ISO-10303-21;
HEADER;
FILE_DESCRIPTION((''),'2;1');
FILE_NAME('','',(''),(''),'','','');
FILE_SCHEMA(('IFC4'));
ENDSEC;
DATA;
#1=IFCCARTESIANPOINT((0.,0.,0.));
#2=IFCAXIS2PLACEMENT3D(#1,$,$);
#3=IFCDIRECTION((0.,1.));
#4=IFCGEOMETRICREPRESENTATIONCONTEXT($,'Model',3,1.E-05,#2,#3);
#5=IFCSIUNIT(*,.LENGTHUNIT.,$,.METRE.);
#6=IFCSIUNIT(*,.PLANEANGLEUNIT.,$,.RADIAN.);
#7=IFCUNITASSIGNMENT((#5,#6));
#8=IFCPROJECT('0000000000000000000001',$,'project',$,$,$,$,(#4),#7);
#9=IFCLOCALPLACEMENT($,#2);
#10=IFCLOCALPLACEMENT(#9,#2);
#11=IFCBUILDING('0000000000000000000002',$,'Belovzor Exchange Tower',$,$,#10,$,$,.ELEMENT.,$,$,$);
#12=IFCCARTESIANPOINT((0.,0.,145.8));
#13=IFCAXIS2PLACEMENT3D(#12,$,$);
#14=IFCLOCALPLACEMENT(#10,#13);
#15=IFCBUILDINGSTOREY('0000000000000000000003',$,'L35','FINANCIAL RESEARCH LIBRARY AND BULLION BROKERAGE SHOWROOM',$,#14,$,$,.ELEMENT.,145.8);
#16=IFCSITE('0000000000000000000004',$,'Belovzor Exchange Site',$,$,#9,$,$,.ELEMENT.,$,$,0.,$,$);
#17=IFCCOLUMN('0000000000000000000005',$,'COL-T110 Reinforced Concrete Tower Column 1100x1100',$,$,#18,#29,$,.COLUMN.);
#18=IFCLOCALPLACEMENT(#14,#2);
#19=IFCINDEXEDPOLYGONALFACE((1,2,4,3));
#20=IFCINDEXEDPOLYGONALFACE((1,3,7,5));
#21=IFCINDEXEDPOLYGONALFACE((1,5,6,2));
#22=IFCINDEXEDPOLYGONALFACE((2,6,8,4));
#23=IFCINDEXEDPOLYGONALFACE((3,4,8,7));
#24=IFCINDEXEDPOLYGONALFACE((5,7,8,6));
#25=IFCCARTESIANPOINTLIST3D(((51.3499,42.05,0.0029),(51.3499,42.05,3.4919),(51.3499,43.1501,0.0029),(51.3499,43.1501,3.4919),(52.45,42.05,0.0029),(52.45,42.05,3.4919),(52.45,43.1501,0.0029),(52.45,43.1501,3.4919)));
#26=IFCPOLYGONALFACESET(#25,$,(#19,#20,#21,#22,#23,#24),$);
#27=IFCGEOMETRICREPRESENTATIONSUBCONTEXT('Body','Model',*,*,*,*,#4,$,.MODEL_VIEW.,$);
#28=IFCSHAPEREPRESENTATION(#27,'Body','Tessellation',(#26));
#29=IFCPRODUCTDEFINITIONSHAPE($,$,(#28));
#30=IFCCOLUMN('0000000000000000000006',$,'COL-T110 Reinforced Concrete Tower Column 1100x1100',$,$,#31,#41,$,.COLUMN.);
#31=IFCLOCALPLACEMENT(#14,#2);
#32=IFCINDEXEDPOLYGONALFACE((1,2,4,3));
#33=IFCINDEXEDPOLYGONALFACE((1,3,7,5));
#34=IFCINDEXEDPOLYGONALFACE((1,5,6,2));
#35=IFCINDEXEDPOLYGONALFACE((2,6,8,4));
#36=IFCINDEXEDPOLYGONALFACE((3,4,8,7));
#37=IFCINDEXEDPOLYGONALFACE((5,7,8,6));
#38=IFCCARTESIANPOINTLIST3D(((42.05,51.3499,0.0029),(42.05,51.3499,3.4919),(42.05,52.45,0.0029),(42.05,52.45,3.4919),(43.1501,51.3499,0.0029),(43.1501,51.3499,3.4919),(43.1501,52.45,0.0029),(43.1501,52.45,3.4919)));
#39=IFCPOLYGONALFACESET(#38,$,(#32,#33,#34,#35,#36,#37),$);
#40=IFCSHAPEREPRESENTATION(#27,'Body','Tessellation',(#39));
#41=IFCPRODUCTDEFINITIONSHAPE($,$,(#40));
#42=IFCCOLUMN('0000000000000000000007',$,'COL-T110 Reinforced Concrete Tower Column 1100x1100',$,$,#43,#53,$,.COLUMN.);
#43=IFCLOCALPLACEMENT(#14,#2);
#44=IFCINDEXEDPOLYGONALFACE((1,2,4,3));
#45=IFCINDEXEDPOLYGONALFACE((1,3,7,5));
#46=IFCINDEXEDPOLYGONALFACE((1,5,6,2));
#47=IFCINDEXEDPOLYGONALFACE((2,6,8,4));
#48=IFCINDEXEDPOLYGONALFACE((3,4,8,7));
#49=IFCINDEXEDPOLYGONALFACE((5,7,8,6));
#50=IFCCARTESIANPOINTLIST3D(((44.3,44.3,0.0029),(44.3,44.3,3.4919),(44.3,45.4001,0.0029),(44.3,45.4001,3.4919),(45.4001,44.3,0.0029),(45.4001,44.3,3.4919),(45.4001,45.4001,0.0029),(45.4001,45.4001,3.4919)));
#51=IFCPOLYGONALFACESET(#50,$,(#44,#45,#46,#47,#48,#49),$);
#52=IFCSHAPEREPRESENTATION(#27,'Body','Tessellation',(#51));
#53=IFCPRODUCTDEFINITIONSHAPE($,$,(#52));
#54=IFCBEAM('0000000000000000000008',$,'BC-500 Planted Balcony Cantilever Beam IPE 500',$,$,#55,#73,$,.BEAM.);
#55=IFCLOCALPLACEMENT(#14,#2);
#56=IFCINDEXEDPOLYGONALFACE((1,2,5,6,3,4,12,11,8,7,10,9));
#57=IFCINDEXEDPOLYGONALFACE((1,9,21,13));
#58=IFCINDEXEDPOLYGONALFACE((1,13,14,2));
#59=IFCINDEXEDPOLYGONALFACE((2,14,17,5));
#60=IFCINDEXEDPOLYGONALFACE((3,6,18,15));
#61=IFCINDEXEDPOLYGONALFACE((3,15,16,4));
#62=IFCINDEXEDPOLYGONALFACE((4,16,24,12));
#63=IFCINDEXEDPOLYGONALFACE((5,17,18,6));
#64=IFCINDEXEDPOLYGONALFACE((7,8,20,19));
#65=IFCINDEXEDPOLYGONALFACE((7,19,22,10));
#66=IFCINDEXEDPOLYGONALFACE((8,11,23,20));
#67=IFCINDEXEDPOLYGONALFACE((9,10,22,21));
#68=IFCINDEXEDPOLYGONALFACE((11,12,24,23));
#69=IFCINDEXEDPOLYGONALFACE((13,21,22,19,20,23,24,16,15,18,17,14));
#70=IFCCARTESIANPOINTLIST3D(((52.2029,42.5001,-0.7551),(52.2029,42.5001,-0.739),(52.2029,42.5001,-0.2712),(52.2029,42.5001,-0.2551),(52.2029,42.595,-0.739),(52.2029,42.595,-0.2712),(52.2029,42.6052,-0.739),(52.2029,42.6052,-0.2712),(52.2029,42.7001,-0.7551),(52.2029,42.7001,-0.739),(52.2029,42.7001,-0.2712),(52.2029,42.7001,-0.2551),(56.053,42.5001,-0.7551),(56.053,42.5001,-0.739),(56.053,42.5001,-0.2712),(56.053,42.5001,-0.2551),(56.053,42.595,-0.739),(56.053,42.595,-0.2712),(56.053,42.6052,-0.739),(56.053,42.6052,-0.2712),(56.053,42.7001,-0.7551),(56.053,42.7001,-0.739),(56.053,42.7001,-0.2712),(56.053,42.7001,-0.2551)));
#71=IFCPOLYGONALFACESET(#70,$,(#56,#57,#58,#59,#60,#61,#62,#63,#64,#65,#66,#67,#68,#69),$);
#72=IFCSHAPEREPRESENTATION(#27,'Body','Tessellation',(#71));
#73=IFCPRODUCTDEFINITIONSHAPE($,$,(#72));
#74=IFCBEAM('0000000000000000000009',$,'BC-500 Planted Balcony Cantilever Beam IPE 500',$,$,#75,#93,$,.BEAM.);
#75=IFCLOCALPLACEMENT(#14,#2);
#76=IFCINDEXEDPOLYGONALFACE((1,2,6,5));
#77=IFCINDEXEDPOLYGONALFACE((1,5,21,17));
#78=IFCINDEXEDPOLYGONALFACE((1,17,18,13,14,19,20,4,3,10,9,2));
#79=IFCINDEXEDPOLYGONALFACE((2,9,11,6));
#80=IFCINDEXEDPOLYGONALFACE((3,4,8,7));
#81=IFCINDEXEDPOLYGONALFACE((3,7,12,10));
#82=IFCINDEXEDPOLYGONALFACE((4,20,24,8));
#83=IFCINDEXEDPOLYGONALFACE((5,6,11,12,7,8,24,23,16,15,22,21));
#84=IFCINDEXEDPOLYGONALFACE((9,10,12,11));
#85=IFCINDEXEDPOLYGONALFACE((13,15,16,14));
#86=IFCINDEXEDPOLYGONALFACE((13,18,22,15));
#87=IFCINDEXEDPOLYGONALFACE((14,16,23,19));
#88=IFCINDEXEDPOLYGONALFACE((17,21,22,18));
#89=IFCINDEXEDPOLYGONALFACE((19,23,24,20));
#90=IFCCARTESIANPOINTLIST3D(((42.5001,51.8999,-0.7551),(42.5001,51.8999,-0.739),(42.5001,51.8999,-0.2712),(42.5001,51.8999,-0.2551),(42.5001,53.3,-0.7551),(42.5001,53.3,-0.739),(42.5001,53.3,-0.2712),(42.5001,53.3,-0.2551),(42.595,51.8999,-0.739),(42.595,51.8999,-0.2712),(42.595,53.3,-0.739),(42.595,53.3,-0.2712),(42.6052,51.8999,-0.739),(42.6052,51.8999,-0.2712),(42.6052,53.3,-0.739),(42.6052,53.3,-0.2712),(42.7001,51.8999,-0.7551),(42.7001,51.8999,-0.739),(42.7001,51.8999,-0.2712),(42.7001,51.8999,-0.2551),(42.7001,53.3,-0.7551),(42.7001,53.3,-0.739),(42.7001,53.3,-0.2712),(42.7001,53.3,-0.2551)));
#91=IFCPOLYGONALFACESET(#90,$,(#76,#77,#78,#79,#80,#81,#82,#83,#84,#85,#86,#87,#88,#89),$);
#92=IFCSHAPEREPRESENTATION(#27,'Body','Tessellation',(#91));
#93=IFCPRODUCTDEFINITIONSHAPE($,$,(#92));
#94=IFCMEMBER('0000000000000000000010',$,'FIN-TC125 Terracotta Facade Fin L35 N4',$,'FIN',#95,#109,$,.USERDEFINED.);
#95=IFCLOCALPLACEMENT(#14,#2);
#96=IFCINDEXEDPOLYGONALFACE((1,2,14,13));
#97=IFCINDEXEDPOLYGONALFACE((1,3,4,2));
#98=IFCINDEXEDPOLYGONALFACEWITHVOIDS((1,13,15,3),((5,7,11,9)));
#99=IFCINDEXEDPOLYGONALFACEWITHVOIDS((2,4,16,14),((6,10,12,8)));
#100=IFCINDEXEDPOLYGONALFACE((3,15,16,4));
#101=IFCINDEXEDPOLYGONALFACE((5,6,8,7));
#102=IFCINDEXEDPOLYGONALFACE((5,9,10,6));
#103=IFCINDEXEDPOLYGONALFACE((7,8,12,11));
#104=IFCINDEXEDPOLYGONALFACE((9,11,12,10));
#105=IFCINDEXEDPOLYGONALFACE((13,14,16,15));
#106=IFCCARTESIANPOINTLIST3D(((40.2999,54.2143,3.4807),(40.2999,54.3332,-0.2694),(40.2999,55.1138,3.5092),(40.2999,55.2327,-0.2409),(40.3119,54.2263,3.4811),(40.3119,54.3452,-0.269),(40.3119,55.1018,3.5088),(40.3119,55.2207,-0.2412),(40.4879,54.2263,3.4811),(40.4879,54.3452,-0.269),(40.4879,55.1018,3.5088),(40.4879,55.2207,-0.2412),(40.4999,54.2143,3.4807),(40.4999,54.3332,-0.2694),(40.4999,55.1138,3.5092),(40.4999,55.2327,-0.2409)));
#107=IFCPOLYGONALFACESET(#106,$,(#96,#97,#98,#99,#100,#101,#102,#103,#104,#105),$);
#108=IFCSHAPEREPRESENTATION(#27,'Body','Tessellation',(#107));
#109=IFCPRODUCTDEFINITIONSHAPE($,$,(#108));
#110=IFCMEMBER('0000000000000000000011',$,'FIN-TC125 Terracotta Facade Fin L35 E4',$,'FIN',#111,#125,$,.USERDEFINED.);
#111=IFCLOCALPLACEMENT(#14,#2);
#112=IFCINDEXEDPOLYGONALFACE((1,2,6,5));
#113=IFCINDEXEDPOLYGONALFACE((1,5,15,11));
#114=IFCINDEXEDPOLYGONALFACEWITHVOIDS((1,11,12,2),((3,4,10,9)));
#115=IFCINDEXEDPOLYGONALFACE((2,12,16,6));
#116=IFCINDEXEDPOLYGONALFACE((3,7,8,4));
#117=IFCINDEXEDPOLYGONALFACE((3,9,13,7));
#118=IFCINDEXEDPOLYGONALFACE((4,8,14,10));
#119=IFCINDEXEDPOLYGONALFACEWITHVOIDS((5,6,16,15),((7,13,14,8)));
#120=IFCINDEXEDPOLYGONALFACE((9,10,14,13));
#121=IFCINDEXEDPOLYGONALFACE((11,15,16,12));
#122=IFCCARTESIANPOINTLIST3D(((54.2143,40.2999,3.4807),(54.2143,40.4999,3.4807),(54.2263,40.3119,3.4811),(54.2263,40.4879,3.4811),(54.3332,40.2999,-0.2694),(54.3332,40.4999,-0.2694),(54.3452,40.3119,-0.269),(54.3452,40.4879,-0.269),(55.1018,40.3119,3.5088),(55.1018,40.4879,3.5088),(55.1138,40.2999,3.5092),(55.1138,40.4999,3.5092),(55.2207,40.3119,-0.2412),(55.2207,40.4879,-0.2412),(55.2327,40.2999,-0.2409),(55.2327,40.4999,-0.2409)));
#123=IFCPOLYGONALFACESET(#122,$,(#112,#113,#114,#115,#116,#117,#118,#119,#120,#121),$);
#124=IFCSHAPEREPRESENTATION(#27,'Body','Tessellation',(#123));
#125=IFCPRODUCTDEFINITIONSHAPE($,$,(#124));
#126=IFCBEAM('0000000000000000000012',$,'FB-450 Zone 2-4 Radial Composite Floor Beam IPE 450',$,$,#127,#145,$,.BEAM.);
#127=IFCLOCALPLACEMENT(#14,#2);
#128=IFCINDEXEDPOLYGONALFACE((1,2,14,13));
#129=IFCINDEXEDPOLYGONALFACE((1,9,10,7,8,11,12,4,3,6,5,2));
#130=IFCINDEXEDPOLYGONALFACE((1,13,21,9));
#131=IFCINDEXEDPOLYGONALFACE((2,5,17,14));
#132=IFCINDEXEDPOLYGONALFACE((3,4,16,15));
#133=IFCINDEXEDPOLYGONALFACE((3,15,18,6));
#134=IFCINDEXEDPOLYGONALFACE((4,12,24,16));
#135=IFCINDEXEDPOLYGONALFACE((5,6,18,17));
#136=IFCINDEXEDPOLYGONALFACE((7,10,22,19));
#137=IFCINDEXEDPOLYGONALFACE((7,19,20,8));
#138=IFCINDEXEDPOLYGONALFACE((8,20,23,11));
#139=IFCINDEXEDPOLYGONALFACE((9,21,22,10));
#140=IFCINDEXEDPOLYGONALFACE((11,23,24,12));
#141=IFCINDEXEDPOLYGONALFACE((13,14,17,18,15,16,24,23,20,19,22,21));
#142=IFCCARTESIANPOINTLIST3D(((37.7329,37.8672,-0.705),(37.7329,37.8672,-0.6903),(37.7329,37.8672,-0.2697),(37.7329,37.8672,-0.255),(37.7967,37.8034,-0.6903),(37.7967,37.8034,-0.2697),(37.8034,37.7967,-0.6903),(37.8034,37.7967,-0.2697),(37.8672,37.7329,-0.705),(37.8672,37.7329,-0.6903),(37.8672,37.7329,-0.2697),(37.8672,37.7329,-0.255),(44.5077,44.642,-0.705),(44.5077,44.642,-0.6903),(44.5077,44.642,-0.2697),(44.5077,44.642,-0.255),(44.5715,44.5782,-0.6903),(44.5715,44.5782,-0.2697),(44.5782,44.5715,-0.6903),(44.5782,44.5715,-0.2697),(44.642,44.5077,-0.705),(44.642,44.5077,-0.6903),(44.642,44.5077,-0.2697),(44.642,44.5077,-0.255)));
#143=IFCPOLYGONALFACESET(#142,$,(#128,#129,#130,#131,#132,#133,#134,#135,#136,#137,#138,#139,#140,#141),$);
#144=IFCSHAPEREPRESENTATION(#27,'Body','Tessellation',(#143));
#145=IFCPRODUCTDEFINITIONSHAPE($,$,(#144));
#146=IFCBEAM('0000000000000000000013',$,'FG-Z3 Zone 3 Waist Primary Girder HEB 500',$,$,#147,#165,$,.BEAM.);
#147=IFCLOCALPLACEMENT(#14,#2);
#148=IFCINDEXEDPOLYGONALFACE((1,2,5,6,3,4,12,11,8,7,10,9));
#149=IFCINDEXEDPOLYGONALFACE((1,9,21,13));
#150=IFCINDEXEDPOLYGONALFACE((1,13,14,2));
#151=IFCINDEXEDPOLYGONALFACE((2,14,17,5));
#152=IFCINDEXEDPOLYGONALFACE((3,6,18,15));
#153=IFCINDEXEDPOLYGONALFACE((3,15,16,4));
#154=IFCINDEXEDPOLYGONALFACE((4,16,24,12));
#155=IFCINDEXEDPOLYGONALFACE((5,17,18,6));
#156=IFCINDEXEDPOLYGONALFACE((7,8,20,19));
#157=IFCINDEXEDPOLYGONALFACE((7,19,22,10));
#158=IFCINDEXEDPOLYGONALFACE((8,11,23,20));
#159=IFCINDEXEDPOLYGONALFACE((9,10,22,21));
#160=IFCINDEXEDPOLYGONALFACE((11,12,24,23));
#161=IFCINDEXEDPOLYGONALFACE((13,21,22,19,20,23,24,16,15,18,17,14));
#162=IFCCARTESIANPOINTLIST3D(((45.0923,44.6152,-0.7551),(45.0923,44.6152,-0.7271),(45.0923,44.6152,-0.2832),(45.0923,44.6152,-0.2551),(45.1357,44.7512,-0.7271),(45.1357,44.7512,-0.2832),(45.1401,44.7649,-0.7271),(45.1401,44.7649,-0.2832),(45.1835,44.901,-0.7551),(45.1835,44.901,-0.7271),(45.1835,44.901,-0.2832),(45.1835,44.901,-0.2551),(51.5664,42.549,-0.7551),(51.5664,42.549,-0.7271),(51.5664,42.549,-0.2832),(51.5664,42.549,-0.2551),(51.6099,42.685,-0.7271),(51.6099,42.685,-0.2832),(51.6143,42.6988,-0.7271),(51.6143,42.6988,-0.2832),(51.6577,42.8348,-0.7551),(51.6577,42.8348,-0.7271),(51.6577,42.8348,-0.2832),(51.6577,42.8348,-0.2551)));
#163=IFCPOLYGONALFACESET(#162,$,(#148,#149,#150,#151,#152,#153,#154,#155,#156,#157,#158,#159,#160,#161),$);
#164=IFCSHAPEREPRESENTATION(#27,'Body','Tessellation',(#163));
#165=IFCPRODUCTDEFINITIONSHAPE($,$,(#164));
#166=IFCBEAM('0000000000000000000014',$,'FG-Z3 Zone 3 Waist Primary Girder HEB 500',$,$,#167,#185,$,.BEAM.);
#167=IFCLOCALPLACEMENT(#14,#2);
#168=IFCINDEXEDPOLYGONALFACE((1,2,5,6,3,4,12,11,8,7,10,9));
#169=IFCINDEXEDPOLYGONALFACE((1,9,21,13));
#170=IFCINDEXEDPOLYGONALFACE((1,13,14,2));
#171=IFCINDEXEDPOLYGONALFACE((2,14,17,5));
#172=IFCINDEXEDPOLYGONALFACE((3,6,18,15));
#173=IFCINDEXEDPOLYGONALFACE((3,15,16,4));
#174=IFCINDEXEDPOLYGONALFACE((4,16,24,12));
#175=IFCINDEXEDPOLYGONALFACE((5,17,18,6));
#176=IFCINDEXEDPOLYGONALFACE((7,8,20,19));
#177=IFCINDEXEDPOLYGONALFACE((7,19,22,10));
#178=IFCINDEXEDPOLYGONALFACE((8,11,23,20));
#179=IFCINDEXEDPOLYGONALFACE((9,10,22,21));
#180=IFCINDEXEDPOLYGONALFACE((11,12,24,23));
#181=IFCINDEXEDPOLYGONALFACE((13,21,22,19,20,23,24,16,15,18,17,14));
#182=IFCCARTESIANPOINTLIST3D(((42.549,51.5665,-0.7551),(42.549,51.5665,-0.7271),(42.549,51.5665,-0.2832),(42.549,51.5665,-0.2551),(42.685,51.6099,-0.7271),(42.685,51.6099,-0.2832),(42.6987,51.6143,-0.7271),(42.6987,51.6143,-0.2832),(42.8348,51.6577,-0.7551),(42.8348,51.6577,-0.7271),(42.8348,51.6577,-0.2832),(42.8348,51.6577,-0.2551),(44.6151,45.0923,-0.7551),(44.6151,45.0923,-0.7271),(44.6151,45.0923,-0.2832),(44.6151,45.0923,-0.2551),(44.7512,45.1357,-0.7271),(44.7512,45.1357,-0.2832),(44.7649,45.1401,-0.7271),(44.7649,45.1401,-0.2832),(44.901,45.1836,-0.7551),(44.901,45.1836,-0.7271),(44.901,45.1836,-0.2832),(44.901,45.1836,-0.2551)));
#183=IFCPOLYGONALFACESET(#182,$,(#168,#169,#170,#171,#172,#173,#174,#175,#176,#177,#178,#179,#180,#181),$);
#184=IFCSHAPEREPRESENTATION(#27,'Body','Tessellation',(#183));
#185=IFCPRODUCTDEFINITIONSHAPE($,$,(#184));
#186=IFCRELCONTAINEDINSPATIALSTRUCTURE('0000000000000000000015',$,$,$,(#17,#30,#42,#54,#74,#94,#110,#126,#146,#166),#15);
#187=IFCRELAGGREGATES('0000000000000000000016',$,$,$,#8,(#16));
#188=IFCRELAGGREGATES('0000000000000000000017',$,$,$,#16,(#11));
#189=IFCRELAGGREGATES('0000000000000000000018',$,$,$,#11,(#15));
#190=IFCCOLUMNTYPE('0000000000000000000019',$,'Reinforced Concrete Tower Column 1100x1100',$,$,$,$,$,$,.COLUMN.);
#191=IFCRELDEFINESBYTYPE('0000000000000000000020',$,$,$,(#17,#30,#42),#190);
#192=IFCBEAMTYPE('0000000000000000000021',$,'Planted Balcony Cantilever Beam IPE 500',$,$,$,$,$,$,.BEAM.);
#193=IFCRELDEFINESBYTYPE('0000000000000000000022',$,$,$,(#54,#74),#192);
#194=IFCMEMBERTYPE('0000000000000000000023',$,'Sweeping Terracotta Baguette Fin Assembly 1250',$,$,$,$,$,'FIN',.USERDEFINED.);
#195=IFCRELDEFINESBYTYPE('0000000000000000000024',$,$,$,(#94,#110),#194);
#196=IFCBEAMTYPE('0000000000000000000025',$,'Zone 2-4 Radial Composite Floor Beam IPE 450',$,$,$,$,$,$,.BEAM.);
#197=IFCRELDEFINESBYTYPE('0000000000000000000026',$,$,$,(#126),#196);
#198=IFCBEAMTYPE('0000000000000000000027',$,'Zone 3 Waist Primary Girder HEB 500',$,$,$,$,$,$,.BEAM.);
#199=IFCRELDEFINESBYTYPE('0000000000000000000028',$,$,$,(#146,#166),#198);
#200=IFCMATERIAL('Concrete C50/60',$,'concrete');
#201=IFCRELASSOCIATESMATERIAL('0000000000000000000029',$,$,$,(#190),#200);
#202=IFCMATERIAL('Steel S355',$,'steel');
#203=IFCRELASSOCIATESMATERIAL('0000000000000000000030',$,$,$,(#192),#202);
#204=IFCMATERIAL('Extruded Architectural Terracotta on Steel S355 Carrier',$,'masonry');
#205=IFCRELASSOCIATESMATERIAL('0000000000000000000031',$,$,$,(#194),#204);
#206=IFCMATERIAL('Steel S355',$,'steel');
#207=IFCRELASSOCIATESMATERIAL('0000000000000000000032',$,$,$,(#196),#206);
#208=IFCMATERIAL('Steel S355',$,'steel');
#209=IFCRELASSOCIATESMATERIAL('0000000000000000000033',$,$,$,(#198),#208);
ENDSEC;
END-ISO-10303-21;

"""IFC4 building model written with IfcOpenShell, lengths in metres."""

from ifc_helpers import new_model, si_unit, direction, frame, origin, origin_2d, place, context, subcontext, project, spatial, rectangle, hollow_rectangle, i_section, extrude, material, material_profile, profile_set, type_object, element, save


model = new_model("IFC4")

# Units and contexts
model_context = context("Model", 3, precision=1e-05, world=origin(), true_north=direction((0.0, 1.0)))
body_context = subcontext(model_context, "Body", "Model", "MODEL_VIEW")
ifc_project = project(units=[si_unit("LENGTHUNIT", "METRE"), si_unit("PLANEANGLEUNIT", "RADIAN")], contexts=[model_context])

# Site, building, storey
site_placement = place(None, origin())
site = spatial("IfcSite", under=ifc_project, at=site_placement, Name="Belovzor Exchange Site", CompositionType="ELEMENT", RefElevation=0.0)
building_placement = place(site_placement, origin())
building = spatial("IfcBuilding", under=site, at=building_placement, Name="Belovzor Exchange Tower", CompositionType="ELEMENT")
storey_placement = place(building_placement, frame((0.0, 0.0, 145.8)))
storey = spatial("IfcBuildingStorey", under=building, at=storey_placement, Name="L35", Description="FINANCIAL RESEARCH LIBRARY AND BULLION BROKERAGE SHOWROOM", CompositionType="ELEMENT", Elevation=145.8)

# Columns
ifc_material_1 = material(Name="Concrete C50/60", Category="concrete")
ifc_material_profile_1 = material_profile(ifc_material_1, rectangle(XDim=1.1001, YDim=1.1001, at=origin_2d()))
ifc_profile_set_1 = profile_set([ifc_material_profile_1], Name="Concrete C50/60")
column_type = type_object("IfcColumnType", Name="Reinforced Concrete Tower Column 1100x1100", PredefinedType="COLUMN", material=ifc_profile_set_1)
for number, where, z_axis, x_axis, name in (
    (1, (51.8999, 42.6001, 0.0029), (0.0, 0.0, 1.0), (1.0, 0.0, 0.0), "COL-T110 Reinforced Concrete Tower Column 1100x1100"),
    (2, (42.6001, 51.8999, 0.0029), (0.0, 0.0, 1.0), (1.0, 0.0, 0.0), "COL-T110 Reinforced Concrete Tower Column 1100x1100"),
    (3, (44.8501, 44.8501, 0.0029), (0.0, 0.0, 1.0), (1.0, 0.0, 0.0), "COL-T110 Reinforced Concrete Tower Column 1100x1100"),
):
    element("IfcColumn", number, at=place(storey_placement, frame(where, z_axis=z_axis, x_axis=x_axis)), inside=storey, type_object=column_type, Name=name, PredefinedType="COLUMN", context=body_context, shape_type="SweptSolid", body=[
        extrude(rectangle(XDim=1.1001, YDim=1.1001, at=origin_2d()), origin(), (0.0, 0.0, 1.0), 3.489),
    ])

# Beams
ifc_material_2 = material(Name="Steel S355", Category="steel")
ifc_material_profile_2 = material_profile(ifc_material_2, i_section(OverallWidth=0.2, OverallDepth=0.5, WebThickness=0.0103, FlangeThickness=0.0161, at=origin_2d()))
ifc_profile_set_2 = profile_set([ifc_material_profile_2], Name="Steel S355")
beam_type_1 = type_object("IfcBeamType", Name="Planted Balcony Cantilever Beam IPE 500", PredefinedType="BEAM", material=ifc_profile_set_2)
beam_1_placement = place(storey_placement, frame((52.2029, 42.6001, -0.5051), z_axis=(1.0, 0.0, 0.0), x_axis=(0.0, 1.0, 0.0)))
element("IfcBeam", 4, at=beam_1_placement, inside=storey, type_object=beam_type_1, Name="BC-500 Planted Balcony Cantilever Beam IPE 500", PredefinedType="BEAM", context=body_context, shape_type="SweptSolid", body=[
    extrude(i_section(OverallWidth=0.2, OverallDepth=0.5, WebThickness=0.0103, FlangeThickness=0.0161, at=origin_2d()), origin(), (0.0, 0.0, 1.0), 3.8501),
])
beam_2_placement = place(storey_placement, frame((42.6001, 51.8999, -0.5051), z_axis=(0.0, 1.0, 0.0), x_axis=(-1.0, 0.0, 0.0)))
element("IfcBeam", 5, at=beam_2_placement, inside=storey, type_object=beam_type_1, Name="BC-500 Planted Balcony Cantilever Beam IPE 500", PredefinedType="BEAM", context=body_context, shape_type="SweptSolid", body=[
    extrude(i_section(OverallWidth=0.2, OverallDepth=0.5, WebThickness=0.0103, FlangeThickness=0.0161, at=origin_2d()), origin(), (0.0, 0.0, 1.0), 1.4001),
])

# Members
ifc_material_3 = material(Name="Extruded Architectural Terracotta on Steel S355 Carrier", Category="masonry")
ifc_material_profile_3 = material_profile(ifc_material_3, hollow_rectangle(XDim=0.2, YDim=0.8999, WallThickness=0.012, at=origin_2d()))
ifc_profile_set_3 = profile_set([ifc_material_profile_3], Name="Extruded Architectural Terracotta on Steel S355 Carrier")
member_type = type_object("IfcMemberType", Name="Sweeping Terracotta Baguette Fin Assembly 1250", ElementType="FIN", PredefinedType="USERDEFINED", material=ifc_profile_set_3)
for number, where, z_axis, x_axis, name in (
    (6, (40.3999, 54.783, -0.2551), (0.0, -0.03169, 0.999498), (1.0, 0.0, 0.0), "FIN-TC125 Terracotta Facade Fin L35 N4"),
    (7, (54.783, 40.3999, -0.2551), (-0.03169, 0.0, 0.999498), (0.0, -1.0, 0.0), "FIN-TC125 Terracotta Facade Fin L35 E4"),
):
    element("IfcMember", number, at=place(storey_placement, frame(where, z_axis=z_axis, x_axis=x_axis)), inside=storey, type_object=member_type, Name=name, ObjectType="FIN", PredefinedType="USERDEFINED", context=body_context, shape_type="SweptSolid", body=[
        extrude(hollow_rectangle(XDim=0.2, YDim=0.8999, WallThickness=0.012, at=origin_2d()), origin(), (0.0, 0.0, 1.0), 3.752),
    ])

# Beams
ifc_material_4 = material(Name="Steel S355", Category="steel")
ifc_material_profile_4 = material_profile(ifc_material_4, i_section(OverallWidth=0.1899, OverallDepth=0.45, WebThickness=0.0095, FlangeThickness=0.0146, at=origin_2d()))
ifc_profile_set_4 = profile_set([ifc_material_profile_4], Name="Steel S355")
beam_type_2 = type_object("IfcBeamType", Name="Zone 2-4 Radial Composite Floor Beam IPE 450", PredefinedType="BEAM", material=ifc_profile_set_4)
beam_3_placement = place(storey_placement, frame((37.8, 37.8, -0.48), z_axis=(0.707107, 0.707107, 0.0), x_axis=(-0.707107, 0.707107, 0.0)))
element("IfcBeam", 8, at=beam_3_placement, inside=storey, type_object=beam_type_2, Name="FB-450 Zone 2-4 Radial Composite Floor Beam IPE 450", PredefinedType="BEAM", context=body_context, shape_type="SweptSolid", body=[
    extrude(i_section(OverallWidth=0.1899, OverallDepth=0.45, WebThickness=0.0095, FlangeThickness=0.0146, at=origin_2d()), origin(), (0.0, 0.0, 1.0), 9.5811),
])
ifc_material_5 = material(Name="Steel S355", Category="steel")
ifc_material_profile_5 = material_profile(ifc_material_5, i_section(OverallWidth=0.3, OverallDepth=0.5, WebThickness=0.0144, FlangeThickness=0.0281, at=origin_2d()))
ifc_profile_set_5 = profile_set([ifc_material_profile_5], Name="Steel S355")
beam_type_3 = type_object("IfcBeamType", Name="Zone 3 Waist Primary Girder HEB 500", PredefinedType="BEAM", material=ifc_profile_set_5)
for number, where, z_axis, x_axis, name in (
    (9, (51.6121, 42.6919, -0.5051), (-0.952661, 0.304034, 0.0), (-0.304034, -0.952661, 0.0), "FG-Z3 Zone 3 Waist Primary Girder HEB 500"),
    (10, (44.7581, 45.1379, -0.5051), (-0.304034, 0.952661, 0.0), (-0.952661, -0.304034, 0.0), "FG-Z3 Zone 3 Waist Primary Girder HEB 500"),
):
    element("IfcBeam", number, at=place(storey_placement, frame(where, z_axis=z_axis, x_axis=x_axis)), inside=storey, type_object=beam_type_3, Name=name, PredefinedType="BEAM", context=body_context, shape_type="SweptSolid", body=[
        extrude(i_section(OverallWidth=0.3, OverallDepth=0.5, WebThickness=0.0144, FlangeThickness=0.0281, at=origin_2d()), origin(), (0.0, 0.0, 1.0), 6.7959),
    ])

save(model, "model.ifc")
